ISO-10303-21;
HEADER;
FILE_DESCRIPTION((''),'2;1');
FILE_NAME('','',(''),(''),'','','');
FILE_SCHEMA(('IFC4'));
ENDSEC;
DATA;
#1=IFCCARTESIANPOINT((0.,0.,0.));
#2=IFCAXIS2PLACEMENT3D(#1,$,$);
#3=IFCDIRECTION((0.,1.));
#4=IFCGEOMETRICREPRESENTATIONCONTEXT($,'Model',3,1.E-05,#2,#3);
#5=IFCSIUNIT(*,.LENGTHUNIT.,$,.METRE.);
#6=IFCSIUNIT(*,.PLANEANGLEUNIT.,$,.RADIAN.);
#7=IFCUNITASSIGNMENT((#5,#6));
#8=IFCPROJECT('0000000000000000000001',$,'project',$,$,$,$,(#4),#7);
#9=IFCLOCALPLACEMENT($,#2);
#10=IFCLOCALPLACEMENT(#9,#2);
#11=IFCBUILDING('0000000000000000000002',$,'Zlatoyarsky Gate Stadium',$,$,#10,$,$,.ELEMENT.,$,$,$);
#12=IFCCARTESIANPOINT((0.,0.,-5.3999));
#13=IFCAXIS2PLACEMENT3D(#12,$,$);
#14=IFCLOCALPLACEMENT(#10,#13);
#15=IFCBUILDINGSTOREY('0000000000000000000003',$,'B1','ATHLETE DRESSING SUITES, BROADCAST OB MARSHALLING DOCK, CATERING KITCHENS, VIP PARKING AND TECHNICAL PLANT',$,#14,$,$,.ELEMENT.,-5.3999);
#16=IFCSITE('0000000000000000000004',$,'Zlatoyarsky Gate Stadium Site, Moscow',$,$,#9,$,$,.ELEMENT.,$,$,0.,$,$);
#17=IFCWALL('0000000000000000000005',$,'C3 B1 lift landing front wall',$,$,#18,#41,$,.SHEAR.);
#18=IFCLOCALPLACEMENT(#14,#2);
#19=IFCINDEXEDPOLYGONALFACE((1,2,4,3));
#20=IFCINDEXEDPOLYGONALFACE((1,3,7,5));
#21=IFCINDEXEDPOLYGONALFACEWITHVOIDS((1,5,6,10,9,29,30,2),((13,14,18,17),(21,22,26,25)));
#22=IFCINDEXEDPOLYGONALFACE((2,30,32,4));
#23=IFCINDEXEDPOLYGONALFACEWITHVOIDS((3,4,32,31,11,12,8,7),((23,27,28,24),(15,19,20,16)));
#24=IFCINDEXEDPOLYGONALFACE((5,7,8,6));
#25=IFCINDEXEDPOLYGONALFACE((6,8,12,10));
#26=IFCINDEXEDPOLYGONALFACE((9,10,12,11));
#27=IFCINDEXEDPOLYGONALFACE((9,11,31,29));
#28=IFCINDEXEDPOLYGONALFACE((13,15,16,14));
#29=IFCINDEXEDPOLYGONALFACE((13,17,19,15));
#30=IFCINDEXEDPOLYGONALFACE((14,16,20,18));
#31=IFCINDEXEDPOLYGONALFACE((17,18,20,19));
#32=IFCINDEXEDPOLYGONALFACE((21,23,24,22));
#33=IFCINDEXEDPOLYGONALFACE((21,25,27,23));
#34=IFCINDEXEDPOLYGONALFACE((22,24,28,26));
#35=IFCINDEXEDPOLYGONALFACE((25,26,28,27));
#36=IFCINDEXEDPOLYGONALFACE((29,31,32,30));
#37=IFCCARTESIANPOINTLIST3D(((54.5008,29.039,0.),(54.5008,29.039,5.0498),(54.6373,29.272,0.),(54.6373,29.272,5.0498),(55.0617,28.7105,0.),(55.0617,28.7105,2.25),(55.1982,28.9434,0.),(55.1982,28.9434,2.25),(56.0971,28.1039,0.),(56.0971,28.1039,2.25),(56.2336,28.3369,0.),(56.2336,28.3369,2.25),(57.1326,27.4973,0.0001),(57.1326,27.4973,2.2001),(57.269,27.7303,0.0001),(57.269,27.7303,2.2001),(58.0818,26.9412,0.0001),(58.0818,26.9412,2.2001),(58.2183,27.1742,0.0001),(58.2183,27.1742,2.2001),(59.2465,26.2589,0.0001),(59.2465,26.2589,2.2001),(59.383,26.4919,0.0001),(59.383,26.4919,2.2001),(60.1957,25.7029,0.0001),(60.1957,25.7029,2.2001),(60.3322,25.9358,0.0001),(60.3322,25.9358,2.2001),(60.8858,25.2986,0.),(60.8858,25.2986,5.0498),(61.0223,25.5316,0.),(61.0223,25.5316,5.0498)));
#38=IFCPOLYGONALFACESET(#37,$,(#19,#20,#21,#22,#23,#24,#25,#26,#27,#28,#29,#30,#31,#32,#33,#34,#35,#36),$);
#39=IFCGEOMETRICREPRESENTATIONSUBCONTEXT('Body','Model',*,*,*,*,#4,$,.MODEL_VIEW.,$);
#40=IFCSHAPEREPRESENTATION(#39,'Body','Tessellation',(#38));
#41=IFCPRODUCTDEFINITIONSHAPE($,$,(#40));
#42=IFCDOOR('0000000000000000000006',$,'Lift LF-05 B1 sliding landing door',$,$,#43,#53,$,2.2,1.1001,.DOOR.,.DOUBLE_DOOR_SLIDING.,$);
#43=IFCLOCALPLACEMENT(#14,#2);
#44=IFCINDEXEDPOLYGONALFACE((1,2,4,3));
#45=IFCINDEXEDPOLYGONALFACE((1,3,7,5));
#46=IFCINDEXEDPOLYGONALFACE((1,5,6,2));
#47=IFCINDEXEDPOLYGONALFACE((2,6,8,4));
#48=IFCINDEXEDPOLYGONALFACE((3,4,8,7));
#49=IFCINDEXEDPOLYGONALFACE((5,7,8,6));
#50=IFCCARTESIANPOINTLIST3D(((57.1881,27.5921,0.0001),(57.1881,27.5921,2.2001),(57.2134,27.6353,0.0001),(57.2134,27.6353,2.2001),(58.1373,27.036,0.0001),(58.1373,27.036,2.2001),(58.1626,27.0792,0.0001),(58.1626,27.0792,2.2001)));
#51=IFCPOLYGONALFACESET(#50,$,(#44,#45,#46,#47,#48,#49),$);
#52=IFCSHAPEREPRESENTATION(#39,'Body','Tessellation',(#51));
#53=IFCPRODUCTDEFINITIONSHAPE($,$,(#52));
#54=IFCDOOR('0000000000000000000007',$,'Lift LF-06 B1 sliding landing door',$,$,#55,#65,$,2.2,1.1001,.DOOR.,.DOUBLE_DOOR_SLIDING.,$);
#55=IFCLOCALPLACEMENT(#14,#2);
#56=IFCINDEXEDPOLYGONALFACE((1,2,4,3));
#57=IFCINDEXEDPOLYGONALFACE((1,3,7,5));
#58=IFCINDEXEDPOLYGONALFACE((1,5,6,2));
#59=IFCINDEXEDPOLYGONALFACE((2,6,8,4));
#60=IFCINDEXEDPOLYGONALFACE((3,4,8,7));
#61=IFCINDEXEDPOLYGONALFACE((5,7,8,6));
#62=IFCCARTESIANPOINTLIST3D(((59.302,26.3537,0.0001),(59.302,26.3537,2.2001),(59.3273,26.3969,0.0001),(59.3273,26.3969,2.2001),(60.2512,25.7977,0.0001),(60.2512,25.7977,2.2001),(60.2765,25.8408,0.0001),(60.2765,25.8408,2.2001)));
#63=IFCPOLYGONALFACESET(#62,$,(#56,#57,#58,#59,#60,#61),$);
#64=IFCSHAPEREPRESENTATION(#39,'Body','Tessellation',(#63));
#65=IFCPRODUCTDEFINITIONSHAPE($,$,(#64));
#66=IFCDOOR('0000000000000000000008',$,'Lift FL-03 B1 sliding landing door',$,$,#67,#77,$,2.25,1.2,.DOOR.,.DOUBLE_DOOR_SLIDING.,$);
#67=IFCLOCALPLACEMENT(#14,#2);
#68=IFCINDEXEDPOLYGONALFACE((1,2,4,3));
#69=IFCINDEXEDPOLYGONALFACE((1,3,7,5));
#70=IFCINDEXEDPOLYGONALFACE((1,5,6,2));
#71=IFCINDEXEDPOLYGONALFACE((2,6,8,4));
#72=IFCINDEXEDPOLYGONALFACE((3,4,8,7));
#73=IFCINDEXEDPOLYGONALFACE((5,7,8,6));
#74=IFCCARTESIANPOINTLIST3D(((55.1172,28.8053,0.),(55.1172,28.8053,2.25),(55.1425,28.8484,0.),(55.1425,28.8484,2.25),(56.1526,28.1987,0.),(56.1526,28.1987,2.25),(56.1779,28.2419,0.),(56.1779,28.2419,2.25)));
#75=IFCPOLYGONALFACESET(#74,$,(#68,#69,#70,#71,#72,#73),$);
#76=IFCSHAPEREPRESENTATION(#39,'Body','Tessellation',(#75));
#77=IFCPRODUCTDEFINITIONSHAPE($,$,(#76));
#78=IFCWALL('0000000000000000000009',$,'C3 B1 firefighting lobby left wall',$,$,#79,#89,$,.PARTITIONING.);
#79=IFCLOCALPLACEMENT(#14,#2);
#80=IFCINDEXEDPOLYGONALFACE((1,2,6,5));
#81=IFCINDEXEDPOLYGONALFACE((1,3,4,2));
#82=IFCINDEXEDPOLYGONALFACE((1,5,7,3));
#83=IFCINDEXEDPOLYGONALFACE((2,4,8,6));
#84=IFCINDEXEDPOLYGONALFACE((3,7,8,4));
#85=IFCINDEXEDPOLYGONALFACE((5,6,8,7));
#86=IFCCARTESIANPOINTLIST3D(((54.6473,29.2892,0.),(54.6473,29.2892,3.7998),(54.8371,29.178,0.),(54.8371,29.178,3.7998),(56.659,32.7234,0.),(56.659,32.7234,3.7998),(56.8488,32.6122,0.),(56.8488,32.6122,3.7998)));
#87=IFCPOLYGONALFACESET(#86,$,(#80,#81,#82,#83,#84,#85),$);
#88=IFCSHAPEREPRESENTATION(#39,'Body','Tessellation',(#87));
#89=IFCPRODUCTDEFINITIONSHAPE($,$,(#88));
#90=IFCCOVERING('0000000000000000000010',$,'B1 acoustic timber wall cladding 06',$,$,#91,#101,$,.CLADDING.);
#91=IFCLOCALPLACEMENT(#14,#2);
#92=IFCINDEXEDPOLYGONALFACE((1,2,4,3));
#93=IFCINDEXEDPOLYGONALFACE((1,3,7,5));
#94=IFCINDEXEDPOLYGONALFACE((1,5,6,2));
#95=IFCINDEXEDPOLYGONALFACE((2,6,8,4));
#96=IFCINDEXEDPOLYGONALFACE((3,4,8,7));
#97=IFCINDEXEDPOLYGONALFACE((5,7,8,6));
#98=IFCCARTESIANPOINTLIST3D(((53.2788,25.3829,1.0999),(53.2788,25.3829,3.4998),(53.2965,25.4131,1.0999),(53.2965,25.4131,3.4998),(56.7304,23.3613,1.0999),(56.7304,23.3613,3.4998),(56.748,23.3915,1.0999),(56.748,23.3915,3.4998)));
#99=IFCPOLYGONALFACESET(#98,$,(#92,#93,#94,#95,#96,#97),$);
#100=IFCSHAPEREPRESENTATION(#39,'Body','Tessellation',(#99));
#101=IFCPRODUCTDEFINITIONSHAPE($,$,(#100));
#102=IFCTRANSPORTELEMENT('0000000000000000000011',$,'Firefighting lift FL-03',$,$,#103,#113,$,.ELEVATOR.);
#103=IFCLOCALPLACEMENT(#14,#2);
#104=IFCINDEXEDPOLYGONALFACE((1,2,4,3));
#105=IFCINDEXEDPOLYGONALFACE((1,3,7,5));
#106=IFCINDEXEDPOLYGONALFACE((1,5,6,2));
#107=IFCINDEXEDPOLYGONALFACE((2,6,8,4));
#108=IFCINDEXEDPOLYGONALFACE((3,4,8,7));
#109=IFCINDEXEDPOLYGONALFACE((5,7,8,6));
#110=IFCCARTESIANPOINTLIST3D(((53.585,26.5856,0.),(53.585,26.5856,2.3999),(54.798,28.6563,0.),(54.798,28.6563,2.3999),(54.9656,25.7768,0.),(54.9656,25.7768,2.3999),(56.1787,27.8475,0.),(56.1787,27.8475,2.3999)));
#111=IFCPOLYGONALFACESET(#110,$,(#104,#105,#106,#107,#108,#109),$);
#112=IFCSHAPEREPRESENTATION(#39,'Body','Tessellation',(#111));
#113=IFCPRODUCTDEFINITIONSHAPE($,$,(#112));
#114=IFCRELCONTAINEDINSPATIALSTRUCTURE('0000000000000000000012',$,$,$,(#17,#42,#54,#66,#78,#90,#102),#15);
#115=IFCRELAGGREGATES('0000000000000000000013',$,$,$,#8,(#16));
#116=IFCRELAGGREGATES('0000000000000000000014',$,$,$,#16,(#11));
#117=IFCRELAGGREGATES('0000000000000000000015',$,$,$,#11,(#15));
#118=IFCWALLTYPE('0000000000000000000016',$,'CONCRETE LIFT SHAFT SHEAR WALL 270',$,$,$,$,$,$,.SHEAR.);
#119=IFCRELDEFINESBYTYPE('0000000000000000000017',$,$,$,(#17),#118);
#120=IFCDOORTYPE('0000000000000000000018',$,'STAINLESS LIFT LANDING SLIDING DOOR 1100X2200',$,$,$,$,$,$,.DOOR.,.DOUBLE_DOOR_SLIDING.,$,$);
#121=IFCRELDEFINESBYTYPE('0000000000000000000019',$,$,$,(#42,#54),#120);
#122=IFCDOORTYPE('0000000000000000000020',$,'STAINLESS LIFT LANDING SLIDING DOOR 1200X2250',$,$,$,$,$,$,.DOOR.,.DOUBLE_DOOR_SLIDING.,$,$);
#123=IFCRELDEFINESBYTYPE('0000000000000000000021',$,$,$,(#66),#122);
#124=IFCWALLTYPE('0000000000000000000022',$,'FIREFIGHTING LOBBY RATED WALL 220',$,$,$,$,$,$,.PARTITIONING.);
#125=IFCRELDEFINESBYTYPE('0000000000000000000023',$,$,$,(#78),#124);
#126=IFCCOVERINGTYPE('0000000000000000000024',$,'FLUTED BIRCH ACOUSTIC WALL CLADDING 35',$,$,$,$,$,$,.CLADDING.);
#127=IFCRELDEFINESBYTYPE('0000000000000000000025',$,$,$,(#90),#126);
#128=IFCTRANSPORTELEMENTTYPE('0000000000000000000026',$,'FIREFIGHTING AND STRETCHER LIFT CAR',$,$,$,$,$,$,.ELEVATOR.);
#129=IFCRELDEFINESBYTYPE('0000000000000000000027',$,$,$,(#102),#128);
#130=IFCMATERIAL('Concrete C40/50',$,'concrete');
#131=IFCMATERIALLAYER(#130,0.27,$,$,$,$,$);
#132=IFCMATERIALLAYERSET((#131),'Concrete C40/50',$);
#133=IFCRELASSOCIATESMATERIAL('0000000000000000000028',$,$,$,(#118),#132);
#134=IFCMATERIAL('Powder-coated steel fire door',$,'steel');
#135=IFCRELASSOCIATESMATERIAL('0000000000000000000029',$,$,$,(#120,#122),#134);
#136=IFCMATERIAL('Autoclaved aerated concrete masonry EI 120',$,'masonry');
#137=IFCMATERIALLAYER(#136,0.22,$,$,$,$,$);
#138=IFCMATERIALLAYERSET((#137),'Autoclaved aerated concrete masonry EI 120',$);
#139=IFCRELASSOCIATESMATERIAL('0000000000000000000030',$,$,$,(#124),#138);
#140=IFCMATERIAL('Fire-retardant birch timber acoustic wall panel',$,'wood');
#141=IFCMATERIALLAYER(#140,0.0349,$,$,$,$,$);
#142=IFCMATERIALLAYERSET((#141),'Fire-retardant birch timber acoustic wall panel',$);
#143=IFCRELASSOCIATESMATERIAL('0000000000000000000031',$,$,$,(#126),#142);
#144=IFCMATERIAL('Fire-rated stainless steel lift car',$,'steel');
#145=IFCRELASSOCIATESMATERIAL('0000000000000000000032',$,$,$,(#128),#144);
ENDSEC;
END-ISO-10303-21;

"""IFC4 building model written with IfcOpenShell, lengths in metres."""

from ifc_helpers import new_model, si_unit, direction, frame, frame_2d, origin, origin_2d, place, context, subcontext, project, spatial, rectangle, extrude, material, layer, layer_set, type_object, element, fill, save


model = new_model("IFC4")

# Units and contexts
model_context = context("Model", 3, precision=1e-05, world=origin(), true_north=direction((0.0, 1.0)))
body_context = subcontext(model_context, "Body", "Model", "MODEL_VIEW")
ifc_project = project(units=[si_unit("LENGTHUNIT", "METRE"), si_unit("PLANEANGLEUNIT", "RADIAN")], contexts=[model_context])

# Site, building, storey
site_placement = place(None, origin())
site = spatial("IfcSite", under=ifc_project, at=site_placement, Name="Zlatoyarsky Gate Stadium Site, Moscow", CompositionType="ELEMENT", RefElevation=0.0)
building_placement = place(site_placement, origin())
building = spatial("IfcBuilding", under=site, at=building_placement, Name="Zlatoyarsky Gate Stadium", CompositionType="ELEMENT")
storey_placement = place(building_placement, frame((0.0, 0.0, -5.3999)))
storey = spatial("IfcBuildingStorey", under=building, at=storey_placement, Name="B1", Description="ATHLETE DRESSING SUITES, BROADCAST OB MARSHALLING DOCK, CATERING KITCHENS, VIP PARKING AND TECHNICAL PLANT", CompositionType="ELEMENT", Elevation=-5.3999)

# Shared definitions
ifc_material_1 = material(Name="Concrete C40/50", Category="concrete")

# Shared definitions
ifc_material_2 = material(Name="Powder-coated steel fire door", Category="steel")

# Shared definitions
ifc_layer_1 = layer(ifc_material_1, 0.27)
ifc_layer_set_1 = layer_set([ifc_layer_1], Name="Concrete C40/50")
wall_type_1 = type_object("IfcWallType", Name="CONCRETE LIFT SHAFT SHEAR WALL 270", PredefinedType="SHEAR", material=ifc_layer_set_1)

# Wall, openings, doors
wall_1_placement = place(storey_placement, frame((54.5691, 29.1555, 0.0), z_axis=(0.0, 0.0, 1.0), x_axis=(0.862843, -0.505472, 0.0)))
wall_1 = element("IfcWall", 1, at=wall_1_placement, inside=storey, type_object=wall_type_1, Name="C3 B1 lift landing front wall", PredefinedType="SHEAR", context=body_context, shape_type="SweptSolid", body=[
    extrude(rectangle(XDim=7.3999, YDim=0.27, at=frame_2d((3.7, 0.0))), origin(), (0.0, 0.0, 1.0), 5.0498),
])
opening_1_placement = place(wall_1_placement, frame((0.6499, 0.0, 0.0)))
opening_1 = element("IfcOpeningElement", 2, at=opening_1_placement, cuts=wall_1, PredefinedType="OPENING", context=body_context, shape_type="SweptSolid", body=[
    extrude(rectangle(XDim=1.2, YDim=2.25, at=frame_2d((0.6001, 1.125))), frame((0.0, 0.145, 0.0), z_axis=(0.0, -1.0, 0.0), x_axis=(1.0, 0.0, 0.0)), (0.0, 0.0, 1.0), 0.29),
])
opening_2_placement = place(wall_1_placement, frame((3.05, 0.0, 0.0)))
opening_2 = element("IfcOpeningElement", 3, at=opening_2_placement, cuts=wall_1, PredefinedType="OPENING", context=body_context, shape_type="SweptSolid", body=[
    extrude(rectangle(XDim=1.1001, YDim=2.2, at=frame_2d((0.55, 1.1001))), frame((0.0, 0.145, 0.0), z_axis=(0.0, -1.0, 0.0), x_axis=(1.0, 0.0, 0.0)), (0.0, 0.0, 1.0), 0.29),
])
opening_3_placement = place(wall_1_placement, frame((5.5, 0.0, 0.0)))
opening_3 = element("IfcOpeningElement", 4, at=opening_3_placement, cuts=wall_1, PredefinedType="OPENING", context=body_context, shape_type="SweptSolid", body=[
    extrude(rectangle(XDim=1.1001, YDim=2.2, at=frame_2d((0.55, 1.1001))), frame((0.0, 0.145, 0.0), z_axis=(0.0, -1.0, 0.0), x_axis=(1.0, 0.0, 0.0)), (0.0, 0.0, 1.0), 0.29),
])
door_type_1 = type_object("IfcDoorType", Name="STAINLESS LIFT LANDING SLIDING DOOR 1100X2200", OperationType="DOUBLE_DOOR_SLIDING", PredefinedType="DOOR", material=ifc_material_2)
door_1_placement = place(opening_2_placement, origin())
door_1 = element("IfcDoor", 5, at=door_1_placement, inside=storey, type_object=door_type_1, Name="Lift LF-05 B1 sliding landing door", OperationType="DOUBLE_DOOR_SLIDING", OverallHeight=2.2, OverallWidth=1.1001, PredefinedType="DOOR", context=body_context, shape_type="SweptSolid", body=[
    extrude(rectangle(XDim=1.1001, YDim=2.2, at=frame_2d((0.55, 1.1001))), frame((0.0, 0.0249, 0.0), z_axis=(0.0, -1.0, 0.0), x_axis=(1.0, 0.0, 0.0)), (0.0, 0.0, 1.0), 0.05),
])
fill(opening_2, door_1)
door_2_placement = place(opening_3_placement, origin())
door_2 = element("IfcDoor", 6, at=door_2_placement, inside=storey, type_object=door_type_1, Name="Lift LF-06 B1 sliding landing door", OperationType="DOUBLE_DOOR_SLIDING", OverallHeight=2.2, OverallWidth=1.1001, PredefinedType="DOOR", context=body_context, shape_type="SweptSolid", body=[
    extrude(rectangle(XDim=1.1001, YDim=2.2, at=frame_2d((0.55, 1.1001))), frame((0.0, 0.0249, 0.0), z_axis=(0.0, -1.0, 0.0), x_axis=(1.0, 0.0, 0.0)), (0.0, 0.0, 1.0), 0.05),
])
fill(opening_3, door_2)
door_type_2 = type_object("IfcDoorType", Name="STAINLESS LIFT LANDING SLIDING DOOR 1200X2250", OperationType="DOUBLE_DOOR_SLIDING", PredefinedType="DOOR", material=ifc_material_2)
door_3_placement = place(opening_1_placement, origin())
door_3 = element("IfcDoor", 7, at=door_3_placement, inside=storey, type_object=door_type_2, Name="Lift FL-03 B1 sliding landing door", OperationType="DOUBLE_DOOR_SLIDING", OverallHeight=2.25, OverallWidth=1.2, PredefinedType="DOOR", context=body_context, shape_type="SweptSolid", body=[
    extrude(rectangle(XDim=1.2, YDim=2.25, at=frame_2d((0.6001, 1.125))), frame((0.0, 0.0249, 0.0), z_axis=(0.0, -1.0, 0.0), x_axis=(1.0, 0.0, 0.0)), (0.0, 0.0, 1.0), 0.05),
])
fill(opening_1, door_3)

# Wall
ifc_material_3 = material(Name="Autoclaved aerated concrete masonry EI 120", Category="masonry")
ifc_layer_2 = layer(ifc_material_3, 0.22)
ifc_layer_set_2 = layer_set([ifc_layer_2], Name="Autoclaved aerated concrete masonry EI 120")
wall_type_2 = type_object("IfcWallType", Name="FIREFIGHTING LOBBY RATED WALL 220", PredefinedType="PARTITIONING", material=ifc_layer_set_2)
wall_2_placement = place(storey_placement, frame((54.7422, 29.2336, 0.0), z_axis=(0.0, 0.0, 1.0), x_axis=(0.505464, 0.862847, 0.0)))
element("IfcWall", 8, at=wall_2_placement, inside=storey, type_object=wall_type_2, Name="C3 B1 firefighting lobby left wall", PredefinedType="PARTITIONING", context=body_context, shape_type="SweptSolid", body=[
    extrude(rectangle(XDim=3.98, YDim=0.22, at=frame_2d((1.99, 0.0))), origin(), (0.0, 0.0, 1.0), 3.7998),
])

# Covering
ifc_material_4 = material(Name="Fire-retardant birch timber acoustic wall panel", Category="wood")
ifc_layer_3 = layer(ifc_material_4, 0.0349)
ifc_layer_set_3 = layer_set([ifc_layer_3], Name="Fire-retardant birch timber acoustic wall panel")
covering_type = type_object("IfcCoveringType", Name="FLUTED BIRCH ACOUSTIC WALL CLADDING 35", PredefinedType="CLADDING", material=ifc_layer_set_3)
covering_placement = place(storey_placement, frame((55.0134, 24.3872, 1.0999), z_axis=(0.0, 0.0, 1.0), x_axis=(0.862885, -0.505401, 0.0)))
element("IfcCovering", 9, at=covering_placement, inside=storey, type_object=covering_type, Name="B1 acoustic timber wall cladding 06", PredefinedType="CLADDING", context=body_context, shape_type="SweptSolid", body=[
    extrude(rectangle(XDim=4.0, YDim=0.0349, at=origin_2d()), origin(), (0.0, 0.0, 1.0), 2.3999),
])

# Transport element
ifc_material_5 = material(Name="Fire-rated stainless steel lift car", Category="steel")
transport_element_type = type_object("IfcTransportElementType", Name="FIREFIGHTING AND STRETCHER LIFT CAR", PredefinedType="ELEVATOR", material=ifc_material_5)
transport_element_placement = place(storey_placement, frame((54.8818, 27.2166, 0.0), z_axis=(0.0, 0.0, 1.0), x_axis=(0.862848, -0.505463, 0.0)))
element("IfcTransportElement", 10, at=transport_element_placement, inside=storey, type_object=transport_element_type, Name="Firefighting lift FL-03", PredefinedType="ELEVATOR", context=body_context, shape_type="SweptSolid", body=[
    extrude(rectangle(XDim=1.6001, YDim=2.3999, at=origin_2d()), origin(), (0.0, 0.0, 1.0), 2.3999),
])

save(model, "model.ifc")
